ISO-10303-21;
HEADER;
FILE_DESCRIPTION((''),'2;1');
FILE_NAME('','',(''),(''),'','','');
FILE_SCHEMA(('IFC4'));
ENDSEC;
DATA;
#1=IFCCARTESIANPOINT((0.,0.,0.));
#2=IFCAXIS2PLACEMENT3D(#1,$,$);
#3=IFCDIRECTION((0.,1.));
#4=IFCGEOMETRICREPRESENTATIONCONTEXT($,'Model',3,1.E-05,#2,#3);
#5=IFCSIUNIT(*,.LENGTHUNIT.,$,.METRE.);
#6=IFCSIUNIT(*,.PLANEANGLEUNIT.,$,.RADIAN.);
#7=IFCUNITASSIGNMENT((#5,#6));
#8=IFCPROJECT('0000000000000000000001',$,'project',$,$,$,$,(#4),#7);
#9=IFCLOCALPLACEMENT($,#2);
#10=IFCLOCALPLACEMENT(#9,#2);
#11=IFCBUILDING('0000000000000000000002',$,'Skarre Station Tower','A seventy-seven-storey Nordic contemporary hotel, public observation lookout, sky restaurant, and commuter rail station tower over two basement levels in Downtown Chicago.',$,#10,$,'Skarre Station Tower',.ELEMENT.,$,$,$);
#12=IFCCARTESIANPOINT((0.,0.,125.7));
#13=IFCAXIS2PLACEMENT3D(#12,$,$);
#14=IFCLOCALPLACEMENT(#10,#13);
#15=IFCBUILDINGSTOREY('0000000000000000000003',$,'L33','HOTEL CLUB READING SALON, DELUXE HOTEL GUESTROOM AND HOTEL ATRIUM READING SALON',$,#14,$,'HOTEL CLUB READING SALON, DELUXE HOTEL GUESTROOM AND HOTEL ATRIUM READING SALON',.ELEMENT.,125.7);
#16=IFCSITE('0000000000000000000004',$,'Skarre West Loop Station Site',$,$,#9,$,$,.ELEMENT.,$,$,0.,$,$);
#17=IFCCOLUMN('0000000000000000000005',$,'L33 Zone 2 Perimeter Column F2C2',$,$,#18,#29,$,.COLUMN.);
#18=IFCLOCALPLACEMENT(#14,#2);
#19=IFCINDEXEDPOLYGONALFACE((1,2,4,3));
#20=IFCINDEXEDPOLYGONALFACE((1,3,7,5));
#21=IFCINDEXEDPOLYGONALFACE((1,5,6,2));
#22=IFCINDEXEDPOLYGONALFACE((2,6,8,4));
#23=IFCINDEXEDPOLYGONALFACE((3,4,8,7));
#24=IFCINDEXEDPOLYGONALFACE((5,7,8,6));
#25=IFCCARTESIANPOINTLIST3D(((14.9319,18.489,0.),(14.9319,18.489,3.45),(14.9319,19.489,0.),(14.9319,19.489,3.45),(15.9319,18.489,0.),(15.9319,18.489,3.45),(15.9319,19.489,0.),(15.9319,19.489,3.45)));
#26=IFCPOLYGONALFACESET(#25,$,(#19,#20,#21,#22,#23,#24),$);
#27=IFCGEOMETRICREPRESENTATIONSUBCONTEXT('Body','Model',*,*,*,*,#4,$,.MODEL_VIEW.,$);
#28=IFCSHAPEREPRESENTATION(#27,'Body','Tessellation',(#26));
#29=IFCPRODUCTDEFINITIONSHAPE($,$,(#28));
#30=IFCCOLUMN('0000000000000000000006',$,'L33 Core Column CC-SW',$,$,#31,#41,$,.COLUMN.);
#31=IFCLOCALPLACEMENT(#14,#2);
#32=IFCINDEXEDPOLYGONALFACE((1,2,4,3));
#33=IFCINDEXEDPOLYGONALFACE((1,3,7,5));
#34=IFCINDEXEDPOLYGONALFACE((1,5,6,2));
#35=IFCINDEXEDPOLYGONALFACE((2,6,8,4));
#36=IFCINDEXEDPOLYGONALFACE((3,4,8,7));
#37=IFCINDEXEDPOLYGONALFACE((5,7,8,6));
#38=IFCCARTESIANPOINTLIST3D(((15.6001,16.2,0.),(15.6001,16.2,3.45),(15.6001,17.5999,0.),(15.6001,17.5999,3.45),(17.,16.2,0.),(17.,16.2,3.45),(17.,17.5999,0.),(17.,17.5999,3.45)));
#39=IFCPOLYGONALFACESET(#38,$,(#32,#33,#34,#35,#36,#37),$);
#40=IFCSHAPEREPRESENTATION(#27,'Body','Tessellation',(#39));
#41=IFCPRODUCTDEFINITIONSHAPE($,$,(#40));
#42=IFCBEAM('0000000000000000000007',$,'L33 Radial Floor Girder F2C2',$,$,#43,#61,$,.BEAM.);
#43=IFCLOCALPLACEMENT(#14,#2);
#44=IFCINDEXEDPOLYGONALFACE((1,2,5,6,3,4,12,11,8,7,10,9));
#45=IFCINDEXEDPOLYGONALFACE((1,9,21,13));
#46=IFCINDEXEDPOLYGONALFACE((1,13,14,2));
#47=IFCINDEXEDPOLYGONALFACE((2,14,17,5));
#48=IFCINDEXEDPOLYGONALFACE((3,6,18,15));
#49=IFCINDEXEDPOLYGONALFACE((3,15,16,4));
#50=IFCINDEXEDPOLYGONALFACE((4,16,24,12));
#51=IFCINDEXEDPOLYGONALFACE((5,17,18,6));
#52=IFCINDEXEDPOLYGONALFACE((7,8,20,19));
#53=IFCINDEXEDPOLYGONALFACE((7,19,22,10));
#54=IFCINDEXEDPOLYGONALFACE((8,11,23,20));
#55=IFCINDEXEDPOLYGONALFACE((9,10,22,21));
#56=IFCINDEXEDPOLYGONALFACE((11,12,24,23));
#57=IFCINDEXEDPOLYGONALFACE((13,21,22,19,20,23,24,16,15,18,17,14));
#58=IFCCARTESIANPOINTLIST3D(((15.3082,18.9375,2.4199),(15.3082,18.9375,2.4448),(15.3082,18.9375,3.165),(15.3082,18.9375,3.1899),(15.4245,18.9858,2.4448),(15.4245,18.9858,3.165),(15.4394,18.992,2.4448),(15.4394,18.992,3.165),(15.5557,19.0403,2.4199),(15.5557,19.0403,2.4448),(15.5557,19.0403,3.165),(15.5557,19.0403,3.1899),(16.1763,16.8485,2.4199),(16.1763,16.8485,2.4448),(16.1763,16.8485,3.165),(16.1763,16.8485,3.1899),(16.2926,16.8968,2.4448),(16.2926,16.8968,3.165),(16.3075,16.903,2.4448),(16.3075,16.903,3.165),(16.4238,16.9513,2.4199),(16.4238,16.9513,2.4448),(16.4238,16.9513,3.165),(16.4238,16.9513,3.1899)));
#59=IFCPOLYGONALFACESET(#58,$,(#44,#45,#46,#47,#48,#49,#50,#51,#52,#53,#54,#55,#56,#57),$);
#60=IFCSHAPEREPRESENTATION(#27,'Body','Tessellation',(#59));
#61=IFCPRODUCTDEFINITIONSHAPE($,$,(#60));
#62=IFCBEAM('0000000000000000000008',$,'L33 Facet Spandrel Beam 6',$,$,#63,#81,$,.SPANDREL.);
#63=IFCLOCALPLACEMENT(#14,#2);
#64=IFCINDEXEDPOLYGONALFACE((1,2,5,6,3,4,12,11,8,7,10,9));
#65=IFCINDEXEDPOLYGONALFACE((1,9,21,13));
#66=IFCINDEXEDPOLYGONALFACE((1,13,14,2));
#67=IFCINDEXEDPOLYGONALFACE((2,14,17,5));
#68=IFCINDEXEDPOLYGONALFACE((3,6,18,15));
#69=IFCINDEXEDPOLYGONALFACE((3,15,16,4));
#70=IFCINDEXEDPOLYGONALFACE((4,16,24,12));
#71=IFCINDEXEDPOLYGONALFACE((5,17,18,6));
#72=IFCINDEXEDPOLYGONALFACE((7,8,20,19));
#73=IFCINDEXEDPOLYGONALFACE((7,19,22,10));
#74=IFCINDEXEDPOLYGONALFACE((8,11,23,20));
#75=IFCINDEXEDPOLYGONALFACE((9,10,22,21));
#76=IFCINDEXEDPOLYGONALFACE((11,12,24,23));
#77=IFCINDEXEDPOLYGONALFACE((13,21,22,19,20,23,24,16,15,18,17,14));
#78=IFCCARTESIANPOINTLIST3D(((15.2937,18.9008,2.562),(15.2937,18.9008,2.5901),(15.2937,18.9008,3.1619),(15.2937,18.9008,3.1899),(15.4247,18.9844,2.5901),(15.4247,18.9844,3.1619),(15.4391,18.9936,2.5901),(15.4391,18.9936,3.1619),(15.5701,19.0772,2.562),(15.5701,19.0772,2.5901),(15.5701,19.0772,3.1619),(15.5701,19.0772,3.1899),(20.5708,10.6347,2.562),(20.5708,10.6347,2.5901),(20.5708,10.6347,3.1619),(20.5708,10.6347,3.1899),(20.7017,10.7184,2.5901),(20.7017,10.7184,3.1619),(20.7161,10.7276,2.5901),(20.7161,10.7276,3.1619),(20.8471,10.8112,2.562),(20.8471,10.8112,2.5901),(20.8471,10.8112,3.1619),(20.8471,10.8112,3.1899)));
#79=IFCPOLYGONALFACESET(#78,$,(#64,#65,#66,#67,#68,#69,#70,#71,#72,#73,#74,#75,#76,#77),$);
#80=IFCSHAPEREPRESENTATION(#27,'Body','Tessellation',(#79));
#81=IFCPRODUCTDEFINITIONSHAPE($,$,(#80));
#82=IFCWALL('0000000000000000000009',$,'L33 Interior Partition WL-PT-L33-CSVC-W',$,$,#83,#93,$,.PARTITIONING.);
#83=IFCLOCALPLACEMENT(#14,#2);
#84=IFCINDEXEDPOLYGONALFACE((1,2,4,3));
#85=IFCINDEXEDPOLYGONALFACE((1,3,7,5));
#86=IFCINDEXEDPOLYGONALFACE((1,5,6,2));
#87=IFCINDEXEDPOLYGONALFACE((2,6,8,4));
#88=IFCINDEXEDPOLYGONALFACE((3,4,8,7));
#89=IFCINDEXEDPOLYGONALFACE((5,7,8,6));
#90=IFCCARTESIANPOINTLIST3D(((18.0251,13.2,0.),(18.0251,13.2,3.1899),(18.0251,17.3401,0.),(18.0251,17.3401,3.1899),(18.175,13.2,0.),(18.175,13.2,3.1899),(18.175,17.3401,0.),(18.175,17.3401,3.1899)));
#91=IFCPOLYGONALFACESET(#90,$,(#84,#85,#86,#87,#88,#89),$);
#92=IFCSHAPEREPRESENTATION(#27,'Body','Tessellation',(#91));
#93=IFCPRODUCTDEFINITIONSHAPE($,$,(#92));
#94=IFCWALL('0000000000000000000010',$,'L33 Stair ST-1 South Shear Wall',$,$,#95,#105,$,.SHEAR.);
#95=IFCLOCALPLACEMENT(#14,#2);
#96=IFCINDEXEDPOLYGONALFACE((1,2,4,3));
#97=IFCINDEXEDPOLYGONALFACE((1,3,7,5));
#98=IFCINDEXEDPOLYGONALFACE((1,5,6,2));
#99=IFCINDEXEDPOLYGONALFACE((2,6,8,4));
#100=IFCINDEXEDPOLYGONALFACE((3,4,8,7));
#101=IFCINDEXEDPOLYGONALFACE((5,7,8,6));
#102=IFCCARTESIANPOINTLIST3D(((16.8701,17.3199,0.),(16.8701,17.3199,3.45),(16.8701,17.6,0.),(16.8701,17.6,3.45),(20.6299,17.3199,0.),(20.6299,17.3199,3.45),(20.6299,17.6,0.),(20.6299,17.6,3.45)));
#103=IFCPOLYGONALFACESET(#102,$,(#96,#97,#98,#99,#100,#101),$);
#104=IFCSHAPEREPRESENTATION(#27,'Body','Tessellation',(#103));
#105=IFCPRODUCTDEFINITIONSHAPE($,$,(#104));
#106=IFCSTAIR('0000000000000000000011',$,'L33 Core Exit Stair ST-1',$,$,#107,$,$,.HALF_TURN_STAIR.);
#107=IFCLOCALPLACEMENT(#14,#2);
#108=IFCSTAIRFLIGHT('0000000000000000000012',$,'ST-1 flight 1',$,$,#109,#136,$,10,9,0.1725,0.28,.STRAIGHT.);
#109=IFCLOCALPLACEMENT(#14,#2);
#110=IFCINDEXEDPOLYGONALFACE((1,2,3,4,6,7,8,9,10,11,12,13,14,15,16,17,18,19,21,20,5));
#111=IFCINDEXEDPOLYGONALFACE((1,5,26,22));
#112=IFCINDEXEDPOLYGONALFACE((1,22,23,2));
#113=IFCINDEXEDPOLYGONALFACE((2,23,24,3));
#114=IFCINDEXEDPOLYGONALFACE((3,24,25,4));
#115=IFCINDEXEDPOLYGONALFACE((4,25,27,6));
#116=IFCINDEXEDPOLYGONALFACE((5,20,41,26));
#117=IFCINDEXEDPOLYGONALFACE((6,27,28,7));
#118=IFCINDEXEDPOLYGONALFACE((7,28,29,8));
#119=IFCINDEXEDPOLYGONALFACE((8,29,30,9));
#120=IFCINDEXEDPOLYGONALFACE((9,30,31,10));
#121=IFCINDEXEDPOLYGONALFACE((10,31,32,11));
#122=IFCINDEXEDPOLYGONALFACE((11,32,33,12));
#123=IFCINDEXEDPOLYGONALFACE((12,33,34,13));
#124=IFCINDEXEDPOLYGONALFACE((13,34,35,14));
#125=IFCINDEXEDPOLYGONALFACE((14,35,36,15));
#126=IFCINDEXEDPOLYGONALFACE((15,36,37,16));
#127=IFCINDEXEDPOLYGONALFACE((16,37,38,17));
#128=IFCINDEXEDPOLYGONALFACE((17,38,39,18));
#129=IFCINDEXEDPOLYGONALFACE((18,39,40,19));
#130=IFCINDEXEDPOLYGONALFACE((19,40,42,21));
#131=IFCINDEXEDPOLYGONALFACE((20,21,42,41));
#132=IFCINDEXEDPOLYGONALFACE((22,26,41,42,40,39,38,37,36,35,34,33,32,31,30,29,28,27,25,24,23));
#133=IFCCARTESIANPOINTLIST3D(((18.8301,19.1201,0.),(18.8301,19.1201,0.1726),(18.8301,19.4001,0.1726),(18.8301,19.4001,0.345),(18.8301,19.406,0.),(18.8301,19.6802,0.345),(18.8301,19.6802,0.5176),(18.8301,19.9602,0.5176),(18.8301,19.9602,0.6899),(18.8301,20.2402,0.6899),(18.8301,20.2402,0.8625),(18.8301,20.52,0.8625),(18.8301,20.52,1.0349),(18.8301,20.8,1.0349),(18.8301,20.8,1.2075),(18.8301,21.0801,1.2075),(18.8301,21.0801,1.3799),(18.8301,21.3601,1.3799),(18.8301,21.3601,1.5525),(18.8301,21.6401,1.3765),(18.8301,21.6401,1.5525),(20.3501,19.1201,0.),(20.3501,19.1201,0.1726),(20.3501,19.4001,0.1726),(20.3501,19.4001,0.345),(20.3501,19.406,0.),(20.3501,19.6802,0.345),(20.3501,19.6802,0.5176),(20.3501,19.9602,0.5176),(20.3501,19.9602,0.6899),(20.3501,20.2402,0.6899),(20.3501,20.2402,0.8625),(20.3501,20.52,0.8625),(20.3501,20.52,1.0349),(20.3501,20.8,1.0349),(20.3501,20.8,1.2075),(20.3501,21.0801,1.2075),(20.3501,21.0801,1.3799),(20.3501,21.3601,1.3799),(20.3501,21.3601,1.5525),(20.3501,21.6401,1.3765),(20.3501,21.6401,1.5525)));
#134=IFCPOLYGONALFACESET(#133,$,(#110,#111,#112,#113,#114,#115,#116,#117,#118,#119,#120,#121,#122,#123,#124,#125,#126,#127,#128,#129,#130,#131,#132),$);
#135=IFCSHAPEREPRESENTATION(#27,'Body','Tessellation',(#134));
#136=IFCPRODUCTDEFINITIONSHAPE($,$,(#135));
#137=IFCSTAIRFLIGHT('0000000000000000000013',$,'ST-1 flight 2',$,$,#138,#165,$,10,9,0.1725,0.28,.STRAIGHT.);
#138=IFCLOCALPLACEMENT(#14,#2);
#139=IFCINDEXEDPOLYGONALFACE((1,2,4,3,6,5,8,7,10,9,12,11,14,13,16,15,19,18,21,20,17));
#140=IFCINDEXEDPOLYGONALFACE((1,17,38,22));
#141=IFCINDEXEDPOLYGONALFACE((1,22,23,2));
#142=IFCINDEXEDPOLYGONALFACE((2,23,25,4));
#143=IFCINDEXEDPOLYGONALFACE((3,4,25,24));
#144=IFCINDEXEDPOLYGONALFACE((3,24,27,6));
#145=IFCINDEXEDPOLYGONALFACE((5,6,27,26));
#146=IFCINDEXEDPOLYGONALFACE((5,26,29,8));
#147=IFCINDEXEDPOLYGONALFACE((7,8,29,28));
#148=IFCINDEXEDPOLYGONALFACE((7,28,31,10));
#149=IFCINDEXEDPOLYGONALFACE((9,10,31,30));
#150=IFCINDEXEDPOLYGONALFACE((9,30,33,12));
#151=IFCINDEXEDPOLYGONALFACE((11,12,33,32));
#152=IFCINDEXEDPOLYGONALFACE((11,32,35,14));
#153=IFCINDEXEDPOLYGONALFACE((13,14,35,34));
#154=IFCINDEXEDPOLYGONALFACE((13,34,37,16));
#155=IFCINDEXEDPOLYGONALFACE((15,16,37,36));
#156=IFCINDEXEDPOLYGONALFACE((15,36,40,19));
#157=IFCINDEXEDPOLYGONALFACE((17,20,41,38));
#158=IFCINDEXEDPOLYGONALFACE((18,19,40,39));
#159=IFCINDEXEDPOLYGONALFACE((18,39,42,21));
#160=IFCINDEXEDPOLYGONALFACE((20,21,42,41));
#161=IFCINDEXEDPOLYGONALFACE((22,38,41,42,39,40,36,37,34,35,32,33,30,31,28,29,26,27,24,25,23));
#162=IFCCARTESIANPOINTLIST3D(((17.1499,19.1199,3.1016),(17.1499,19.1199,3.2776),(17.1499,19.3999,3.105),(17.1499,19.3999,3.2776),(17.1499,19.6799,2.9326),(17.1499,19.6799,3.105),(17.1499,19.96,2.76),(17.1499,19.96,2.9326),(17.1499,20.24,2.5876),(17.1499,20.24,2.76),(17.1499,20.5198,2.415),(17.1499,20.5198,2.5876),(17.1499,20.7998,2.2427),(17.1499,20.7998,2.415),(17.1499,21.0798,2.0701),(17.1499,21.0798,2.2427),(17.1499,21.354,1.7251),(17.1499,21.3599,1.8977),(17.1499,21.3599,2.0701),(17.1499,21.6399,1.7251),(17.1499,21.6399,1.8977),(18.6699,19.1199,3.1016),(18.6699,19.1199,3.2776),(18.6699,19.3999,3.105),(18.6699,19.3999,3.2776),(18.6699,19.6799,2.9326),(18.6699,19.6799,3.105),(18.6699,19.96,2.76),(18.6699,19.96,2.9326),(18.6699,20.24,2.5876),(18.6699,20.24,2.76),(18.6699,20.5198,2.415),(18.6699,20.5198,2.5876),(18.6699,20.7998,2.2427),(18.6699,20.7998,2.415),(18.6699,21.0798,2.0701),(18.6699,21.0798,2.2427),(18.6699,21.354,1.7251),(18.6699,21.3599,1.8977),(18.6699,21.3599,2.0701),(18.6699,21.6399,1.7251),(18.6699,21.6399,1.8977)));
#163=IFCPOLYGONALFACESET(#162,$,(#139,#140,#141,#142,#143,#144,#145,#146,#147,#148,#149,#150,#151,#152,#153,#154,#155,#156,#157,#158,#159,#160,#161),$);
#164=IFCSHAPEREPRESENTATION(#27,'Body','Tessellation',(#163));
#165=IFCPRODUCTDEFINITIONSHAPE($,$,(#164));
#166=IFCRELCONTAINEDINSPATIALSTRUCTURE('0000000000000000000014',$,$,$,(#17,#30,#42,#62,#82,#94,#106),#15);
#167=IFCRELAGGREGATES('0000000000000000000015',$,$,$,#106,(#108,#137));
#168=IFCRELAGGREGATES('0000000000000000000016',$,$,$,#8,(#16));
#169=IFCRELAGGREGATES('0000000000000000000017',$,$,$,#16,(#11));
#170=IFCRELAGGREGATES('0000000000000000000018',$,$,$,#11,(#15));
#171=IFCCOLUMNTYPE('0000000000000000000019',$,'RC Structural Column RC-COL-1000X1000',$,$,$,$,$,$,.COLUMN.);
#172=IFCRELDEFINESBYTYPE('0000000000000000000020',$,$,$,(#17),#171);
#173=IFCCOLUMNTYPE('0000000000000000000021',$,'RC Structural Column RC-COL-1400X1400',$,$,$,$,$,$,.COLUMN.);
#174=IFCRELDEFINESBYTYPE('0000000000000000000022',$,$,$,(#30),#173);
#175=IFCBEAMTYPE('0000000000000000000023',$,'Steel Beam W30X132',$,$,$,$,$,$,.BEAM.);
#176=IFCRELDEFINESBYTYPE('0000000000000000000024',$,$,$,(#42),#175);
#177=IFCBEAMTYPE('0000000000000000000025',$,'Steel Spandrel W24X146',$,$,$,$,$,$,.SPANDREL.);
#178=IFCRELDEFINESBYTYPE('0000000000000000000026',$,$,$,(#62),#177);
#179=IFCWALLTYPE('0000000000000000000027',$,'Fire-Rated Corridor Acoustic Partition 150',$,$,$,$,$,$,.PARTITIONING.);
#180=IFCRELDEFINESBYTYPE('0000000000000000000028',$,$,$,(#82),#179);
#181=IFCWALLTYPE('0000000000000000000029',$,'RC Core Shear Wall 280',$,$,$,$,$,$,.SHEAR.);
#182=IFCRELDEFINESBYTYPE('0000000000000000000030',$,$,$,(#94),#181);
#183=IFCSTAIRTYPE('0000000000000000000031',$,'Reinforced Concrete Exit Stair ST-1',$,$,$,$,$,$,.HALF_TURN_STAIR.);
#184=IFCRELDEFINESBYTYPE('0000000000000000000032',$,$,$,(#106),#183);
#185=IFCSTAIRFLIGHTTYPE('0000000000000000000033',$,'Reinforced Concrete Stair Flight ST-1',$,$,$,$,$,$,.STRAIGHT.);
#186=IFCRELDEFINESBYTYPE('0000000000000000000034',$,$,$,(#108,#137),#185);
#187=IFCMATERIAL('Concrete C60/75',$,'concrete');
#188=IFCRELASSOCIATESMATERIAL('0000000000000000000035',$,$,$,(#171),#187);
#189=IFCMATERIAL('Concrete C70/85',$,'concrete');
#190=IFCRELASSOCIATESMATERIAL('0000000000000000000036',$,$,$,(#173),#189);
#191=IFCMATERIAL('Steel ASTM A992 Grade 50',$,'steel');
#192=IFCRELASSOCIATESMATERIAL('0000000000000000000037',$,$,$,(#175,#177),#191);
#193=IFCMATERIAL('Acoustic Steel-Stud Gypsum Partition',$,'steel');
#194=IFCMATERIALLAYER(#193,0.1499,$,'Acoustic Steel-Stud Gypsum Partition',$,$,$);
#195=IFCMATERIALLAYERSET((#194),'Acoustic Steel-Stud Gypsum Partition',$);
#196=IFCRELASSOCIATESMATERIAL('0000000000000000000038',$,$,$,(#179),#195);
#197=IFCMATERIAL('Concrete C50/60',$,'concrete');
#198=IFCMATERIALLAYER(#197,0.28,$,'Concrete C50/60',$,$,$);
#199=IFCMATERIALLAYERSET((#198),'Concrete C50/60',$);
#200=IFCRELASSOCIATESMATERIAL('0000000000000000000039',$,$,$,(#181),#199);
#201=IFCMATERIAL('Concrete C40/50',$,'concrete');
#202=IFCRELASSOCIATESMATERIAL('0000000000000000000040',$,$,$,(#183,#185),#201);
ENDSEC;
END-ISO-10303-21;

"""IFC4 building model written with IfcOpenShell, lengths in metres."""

from ifc_helpers import new_model, si_unit, direction, frame, frame_2d, origin, origin_2d, place, context, subcontext, project, spatial, polyline, rectangle, i_section, outline, extrude, material, layer, layer_set, material_profile, profile_set, type_object, element, aggregate, save


model = new_model("IFC4")

# Units and contexts
model_context = context("Model", 3, precision=1e-05, world=origin(), true_north=direction((0.0, 1.0)))
body_context = subcontext(model_context, "Body", "Model", "MODEL_VIEW")
ifc_project = project(units=[si_unit("LENGTHUNIT", "METRE"), si_unit("PLANEANGLEUNIT", "RADIAN")], contexts=[model_context])

# Site, building, storey
site_placement = place(None, origin())
site = spatial("IfcSite", under=ifc_project, at=site_placement, Name="Skarre West Loop Station Site", CompositionType="ELEMENT", RefElevation=0.0)
building_placement = place(site_placement, origin())
building = spatial("IfcBuilding", under=site, at=building_placement, Name="Skarre Station Tower", Description="A seventy-seven-storey Nordic contemporary hotel, public observation lookout, sky restaurant, and commuter rail station tower over two basement levels in Downtown Chicago.", LongName="Skarre Station Tower", CompositionType="ELEMENT")
storey_placement = place(building_placement, frame((0.0, 0.0, 125.7)))
storey = spatial("IfcBuildingStorey", under=building, at=storey_placement, Name="L33", Description="HOTEL CLUB READING SALON, DELUXE HOTEL GUESTROOM AND HOTEL ATRIUM READING SALON", LongName="HOTEL CLUB READING SALON, DELUXE HOTEL GUESTROOM AND HOTEL ATRIUM READING SALON", CompositionType="ELEMENT", Elevation=125.7)

# Columns
ifc_material_1 = material(Name="Concrete C60/75", Category="concrete")
ifc_material_profile_1 = material_profile(ifc_material_1, rectangle(XDim=1.0, YDim=1.0, at=origin_2d()), Name="Concrete C60/75")
ifc_profile_set_1 = profile_set([ifc_material_profile_1], Name="Concrete C60/75")
column_type_1 = type_object("IfcColumnType", Name="RC Structural Column RC-COL-1000X1000", PredefinedType="COLUMN", material=ifc_profile_set_1)
column_1_placement = place(storey_placement, frame((15.4319, 18.989, 0.0), z_axis=(0.0, 0.0, 1.0), x_axis=(1.0, 0.0, 0.0)))
element("IfcColumn", 1, at=column_1_placement, inside=storey, type_object=column_type_1, Name="L33 Zone 2 Perimeter Column F2C2", PredefinedType="COLUMN", context=body_context, shape_type="SweptSolid", body=[
    extrude(rectangle(XDim=1.0, YDim=1.0, at=origin_2d()), origin(), (0.0, 0.0, 1.0), 3.45),
])
ifc_material_2 = material(Name="Concrete C70/85", Category="concrete")
ifc_material_profile_2 = material_profile(ifc_material_2, rectangle(XDim=1.3999, YDim=1.3999, at=origin_2d()), Name="Concrete C70/85")
ifc_profile_set_2 = profile_set([ifc_material_profile_2], Name="Concrete C70/85")
column_type_2 = type_object("IfcColumnType", Name="RC Structural Column RC-COL-1400X1400", PredefinedType="COLUMN", material=ifc_profile_set_2)
column_2_placement = place(storey_placement, frame((16.3, 16.8999, 0.0), z_axis=(0.0, 0.0, 1.0), x_axis=(1.0, 0.0, 0.0)))
element("IfcColumn", 2, at=column_2_placement, inside=storey, type_object=column_type_2, Name="L33 Core Column CC-SW", PredefinedType="COLUMN", context=body_context, shape_type="SweptSolid", body=[
    extrude(rectangle(XDim=1.3999, YDim=1.3999, at=origin_2d()), origin(), (0.0, 0.0, 1.0), 3.45),
])

# Beams
ifc_material_3 = material(Name="Steel ASTM A992 Grade 50", Category="steel")
ifc_material_profile_3 = material_profile(ifc_material_3, i_section(OverallWidth=0.2681, OverallDepth=0.77, WebThickness=0.0161, FlangeThickness=0.0249, at=origin_2d()), Name="Steel ASTM A992 Grade 50")
ifc_profile_set_3 = profile_set([ifc_material_profile_3], Name="Steel ASTM A992 Grade 50")
beam_type_1 = type_object("IfcBeamType", Name="Steel Beam W30X132", PredefinedType="BEAM", material=ifc_profile_set_3)
beam_1_placement = place(storey_placement, frame((16.3, 16.8999, 2.8049), z_axis=(-0.383749, 0.923437, 0.0), x_axis=(-0.923437, -0.383749, 0.0)))
element("IfcBeam", 3, at=beam_1_placement, inside=storey, type_object=beam_type_1, Name="L33 Radial Floor Girder F2C2", PredefinedType="BEAM", context=body_context, shape_type="SweptSolid", body=[
    extrude(i_section(OverallWidth=0.2681, OverallDepth=0.77, WebThickness=0.0161, FlangeThickness=0.0249, at=origin_2d()), origin(), (0.0, 0.0, 1.0), 2.2622),
])
ifc_material_profile_4 = material_profile(ifc_material_3, i_section(OverallWidth=0.3279, OverallDepth=0.6279, WebThickness=0.0171, FlangeThickness=0.0281, at=origin_2d()), Name="Steel ASTM A992 Grade 50")
ifc_profile_set_4 = profile_set([ifc_material_profile_4], Name="Steel ASTM A992 Grade 50")
beam_type_2 = type_object("IfcBeamType", Name="Steel Spandrel W24X146", PredefinedType="SPANDREL", material=ifc_profile_set_4)
beam_2_placement = place(storey_placement, frame((15.4319, 18.989, 2.876), z_axis=(0.538098, -0.842883, 0.0), x_axis=(0.842883, 0.538098, 0.0)))
element("IfcBeam", 4, at=beam_2_placement, inside=storey, type_object=beam_type_2, Name="L33 Facet Spandrel Beam 6", PredefinedType="SPANDREL", context=body_context, shape_type="SweptSolid", body=[
    extrude(i_section(OverallWidth=0.3279, OverallDepth=0.6279, WebThickness=0.0171, FlangeThickness=0.0281, at=origin_2d()), origin(), (0.0, 0.0, 1.0), 9.8069),
])

# Walls
ifc_material_4 = material(Name="Acoustic Steel-Stud Gypsum Partition", Category="steel")
ifc_layer_1 = layer(ifc_material_4, 0.1499, Name="Acoustic Steel-Stud Gypsum Partition")
ifc_layer_set_1 = layer_set([ifc_layer_1], Name="Acoustic Steel-Stud Gypsum Partition")
wall_type_1 = type_object("IfcWallType", Name="Fire-Rated Corridor Acoustic Partition 150", PredefinedType="PARTITIONING", material=ifc_layer_set_1)
wall_1_placement = place(storey_placement, frame((18.1001, 17.3401, 0.0), z_axis=(0.0, 0.0, 1.0), x_axis=(0.0, -1.0, 0.0)))
element("IfcWall", 5, at=wall_1_placement, inside=storey, type_object=wall_type_1, Name="L33 Interior Partition WL-PT-L33-CSVC-W", PredefinedType="PARTITIONING", context=body_context, shape_type="SweptSolid", body=[
    extrude(rectangle(XDim=4.1401, YDim=0.1499, at=frame_2d((2.0701, 0.0))), origin(), (0.0, 0.0, 1.0), 3.1899),
])
ifc_material_5 = material(Name="Concrete C50/60", Category="concrete")
ifc_layer_2 = layer(ifc_material_5, 0.28, Name="Concrete C50/60")
ifc_layer_set_2 = layer_set([ifc_layer_2], Name="Concrete C50/60")
wall_type_2 = type_object("IfcWallType", Name="RC Core Shear Wall 280", PredefinedType="SHEAR", material=ifc_layer_set_2)
wall_2_placement = place(storey_placement, frame((16.8701, 17.46, 0.0), z_axis=(0.0, 0.0, 1.0), x_axis=(1.0, 0.0, 0.0)))
element("IfcWall", 6, at=wall_2_placement, inside=storey, type_object=wall_type_2, Name="L33 Stair ST-1 South Shear Wall", PredefinedType="SHEAR", context=body_context, shape_type="SweptSolid", body=[
    extrude(rectangle(XDim=3.7598, YDim=0.28, at=frame_2d((1.8799, 0.0))), origin(), (0.0, 0.0, 1.0), 3.45),
])

# Stair, stair flights
ifc_material_6 = material(Name="Concrete C40/50", Category="concrete")
stair_type = type_object("IfcStairType", Name="Reinforced Concrete Exit Stair ST-1", PredefinedType="HALF_TURN_STAIR", material=ifc_material_6)
stair_placement = place(storey_placement, origin())
stair = element("IfcStair", 7, at=stair_placement, inside=storey, type_object=stair_type, Name="L33 Core Exit Stair ST-1", PredefinedType="HALF_TURN_STAIR")
stair_flight_type = type_object("IfcStairFlightType", Name="Reinforced Concrete Stair Flight ST-1", PredefinedType="STRAIGHT", material=ifc_material_6)
stair_flight_1_placement = place(storey_placement, frame((19.5901, 19.1201, 0.0), z_axis=(0.0, 0.0, 1.0), x_axis=(0.0, 1.0, 0.0)))
stair_flight_1 = element("IfcStairFlight", 8, at=stair_flight_1_placement, type_object=stair_flight_type, Name="ST-1 flight 1", NumberOfRisers=10, NumberOfTreads=9, PredefinedType="STRAIGHT", RiserHeight=0.1725, TreadLength=0.28, context=body_context, shape_type="SweptSolid", body=[
    extrude(outline(polyline([(0.0, 0.0), (0.0, 0.1726), (0.28, 0.1726), (0.28, 0.345), (0.5601, 0.345), (0.5601, 0.5176), (0.8401, 0.5176), (0.8401, 0.6899), (1.1201, 0.6899), (1.1201, 0.8625), (1.3999, 0.8625), (1.3999, 1.0349), (1.6799, 1.0349), (1.6799, 1.2075), (1.96, 1.2075), (1.96, 1.3799), (2.24, 1.3799), (2.24, 1.5525), (2.52, 1.5525), (2.52, 1.7251), (2.52, 1.3765), (0.2859, 0.0), (0.0, 0.0)])), frame((0.0, 0.76, 0.0), z_axis=(0.0, -1.0, 0.0), x_axis=(1.0, 0.0, 0.0)), (0.0, 0.0, 1.0), 1.52),
])
stair_flight_2_placement = place(storey_placement, frame((17.9099, 21.6399, 1.7251), z_axis=(0.0, 0.0, 1.0), x_axis=(0.0, -1.0, 0.0)))
stair_flight_2 = element("IfcStairFlight", 9, at=stair_flight_2_placement, type_object=stair_flight_type, Name="ST-1 flight 2", NumberOfRisers=10, NumberOfTreads=9, PredefinedType="STRAIGHT", RiserHeight=0.1725, TreadLength=0.28, context=body_context, shape_type="SweptSolid", body=[
    extrude(outline(polyline([(0.0, 0.0), (0.0, 0.1726), (0.28, 0.1726), (0.28, 0.345), (0.5601, 0.345), (0.5601, 0.5176), (0.8401, 0.5176), (0.8401, 0.6899), (1.1201, 0.6899), (1.1201, 0.8625), (1.3999, 0.8625), (1.3999, 1.0349), (1.6799, 1.0349), (1.6799, 1.2075), (1.96, 1.2075), (1.96, 1.3799), (2.24, 1.3799), (2.24, 1.5525), (2.52, 1.5525), (2.52, 1.7251), (2.52, 1.3765), (0.2859, 0.0), (0.0, 0.0)])), frame((0.0, 0.76, 0.0), z_axis=(0.0, -1.0, 0.0), x_axis=(1.0, 0.0, 0.0)), (0.0, 0.0, 1.0), 1.52),
])
aggregate(stair, [stair_flight_1, stair_flight_2])

save(model, "model.ifc")
